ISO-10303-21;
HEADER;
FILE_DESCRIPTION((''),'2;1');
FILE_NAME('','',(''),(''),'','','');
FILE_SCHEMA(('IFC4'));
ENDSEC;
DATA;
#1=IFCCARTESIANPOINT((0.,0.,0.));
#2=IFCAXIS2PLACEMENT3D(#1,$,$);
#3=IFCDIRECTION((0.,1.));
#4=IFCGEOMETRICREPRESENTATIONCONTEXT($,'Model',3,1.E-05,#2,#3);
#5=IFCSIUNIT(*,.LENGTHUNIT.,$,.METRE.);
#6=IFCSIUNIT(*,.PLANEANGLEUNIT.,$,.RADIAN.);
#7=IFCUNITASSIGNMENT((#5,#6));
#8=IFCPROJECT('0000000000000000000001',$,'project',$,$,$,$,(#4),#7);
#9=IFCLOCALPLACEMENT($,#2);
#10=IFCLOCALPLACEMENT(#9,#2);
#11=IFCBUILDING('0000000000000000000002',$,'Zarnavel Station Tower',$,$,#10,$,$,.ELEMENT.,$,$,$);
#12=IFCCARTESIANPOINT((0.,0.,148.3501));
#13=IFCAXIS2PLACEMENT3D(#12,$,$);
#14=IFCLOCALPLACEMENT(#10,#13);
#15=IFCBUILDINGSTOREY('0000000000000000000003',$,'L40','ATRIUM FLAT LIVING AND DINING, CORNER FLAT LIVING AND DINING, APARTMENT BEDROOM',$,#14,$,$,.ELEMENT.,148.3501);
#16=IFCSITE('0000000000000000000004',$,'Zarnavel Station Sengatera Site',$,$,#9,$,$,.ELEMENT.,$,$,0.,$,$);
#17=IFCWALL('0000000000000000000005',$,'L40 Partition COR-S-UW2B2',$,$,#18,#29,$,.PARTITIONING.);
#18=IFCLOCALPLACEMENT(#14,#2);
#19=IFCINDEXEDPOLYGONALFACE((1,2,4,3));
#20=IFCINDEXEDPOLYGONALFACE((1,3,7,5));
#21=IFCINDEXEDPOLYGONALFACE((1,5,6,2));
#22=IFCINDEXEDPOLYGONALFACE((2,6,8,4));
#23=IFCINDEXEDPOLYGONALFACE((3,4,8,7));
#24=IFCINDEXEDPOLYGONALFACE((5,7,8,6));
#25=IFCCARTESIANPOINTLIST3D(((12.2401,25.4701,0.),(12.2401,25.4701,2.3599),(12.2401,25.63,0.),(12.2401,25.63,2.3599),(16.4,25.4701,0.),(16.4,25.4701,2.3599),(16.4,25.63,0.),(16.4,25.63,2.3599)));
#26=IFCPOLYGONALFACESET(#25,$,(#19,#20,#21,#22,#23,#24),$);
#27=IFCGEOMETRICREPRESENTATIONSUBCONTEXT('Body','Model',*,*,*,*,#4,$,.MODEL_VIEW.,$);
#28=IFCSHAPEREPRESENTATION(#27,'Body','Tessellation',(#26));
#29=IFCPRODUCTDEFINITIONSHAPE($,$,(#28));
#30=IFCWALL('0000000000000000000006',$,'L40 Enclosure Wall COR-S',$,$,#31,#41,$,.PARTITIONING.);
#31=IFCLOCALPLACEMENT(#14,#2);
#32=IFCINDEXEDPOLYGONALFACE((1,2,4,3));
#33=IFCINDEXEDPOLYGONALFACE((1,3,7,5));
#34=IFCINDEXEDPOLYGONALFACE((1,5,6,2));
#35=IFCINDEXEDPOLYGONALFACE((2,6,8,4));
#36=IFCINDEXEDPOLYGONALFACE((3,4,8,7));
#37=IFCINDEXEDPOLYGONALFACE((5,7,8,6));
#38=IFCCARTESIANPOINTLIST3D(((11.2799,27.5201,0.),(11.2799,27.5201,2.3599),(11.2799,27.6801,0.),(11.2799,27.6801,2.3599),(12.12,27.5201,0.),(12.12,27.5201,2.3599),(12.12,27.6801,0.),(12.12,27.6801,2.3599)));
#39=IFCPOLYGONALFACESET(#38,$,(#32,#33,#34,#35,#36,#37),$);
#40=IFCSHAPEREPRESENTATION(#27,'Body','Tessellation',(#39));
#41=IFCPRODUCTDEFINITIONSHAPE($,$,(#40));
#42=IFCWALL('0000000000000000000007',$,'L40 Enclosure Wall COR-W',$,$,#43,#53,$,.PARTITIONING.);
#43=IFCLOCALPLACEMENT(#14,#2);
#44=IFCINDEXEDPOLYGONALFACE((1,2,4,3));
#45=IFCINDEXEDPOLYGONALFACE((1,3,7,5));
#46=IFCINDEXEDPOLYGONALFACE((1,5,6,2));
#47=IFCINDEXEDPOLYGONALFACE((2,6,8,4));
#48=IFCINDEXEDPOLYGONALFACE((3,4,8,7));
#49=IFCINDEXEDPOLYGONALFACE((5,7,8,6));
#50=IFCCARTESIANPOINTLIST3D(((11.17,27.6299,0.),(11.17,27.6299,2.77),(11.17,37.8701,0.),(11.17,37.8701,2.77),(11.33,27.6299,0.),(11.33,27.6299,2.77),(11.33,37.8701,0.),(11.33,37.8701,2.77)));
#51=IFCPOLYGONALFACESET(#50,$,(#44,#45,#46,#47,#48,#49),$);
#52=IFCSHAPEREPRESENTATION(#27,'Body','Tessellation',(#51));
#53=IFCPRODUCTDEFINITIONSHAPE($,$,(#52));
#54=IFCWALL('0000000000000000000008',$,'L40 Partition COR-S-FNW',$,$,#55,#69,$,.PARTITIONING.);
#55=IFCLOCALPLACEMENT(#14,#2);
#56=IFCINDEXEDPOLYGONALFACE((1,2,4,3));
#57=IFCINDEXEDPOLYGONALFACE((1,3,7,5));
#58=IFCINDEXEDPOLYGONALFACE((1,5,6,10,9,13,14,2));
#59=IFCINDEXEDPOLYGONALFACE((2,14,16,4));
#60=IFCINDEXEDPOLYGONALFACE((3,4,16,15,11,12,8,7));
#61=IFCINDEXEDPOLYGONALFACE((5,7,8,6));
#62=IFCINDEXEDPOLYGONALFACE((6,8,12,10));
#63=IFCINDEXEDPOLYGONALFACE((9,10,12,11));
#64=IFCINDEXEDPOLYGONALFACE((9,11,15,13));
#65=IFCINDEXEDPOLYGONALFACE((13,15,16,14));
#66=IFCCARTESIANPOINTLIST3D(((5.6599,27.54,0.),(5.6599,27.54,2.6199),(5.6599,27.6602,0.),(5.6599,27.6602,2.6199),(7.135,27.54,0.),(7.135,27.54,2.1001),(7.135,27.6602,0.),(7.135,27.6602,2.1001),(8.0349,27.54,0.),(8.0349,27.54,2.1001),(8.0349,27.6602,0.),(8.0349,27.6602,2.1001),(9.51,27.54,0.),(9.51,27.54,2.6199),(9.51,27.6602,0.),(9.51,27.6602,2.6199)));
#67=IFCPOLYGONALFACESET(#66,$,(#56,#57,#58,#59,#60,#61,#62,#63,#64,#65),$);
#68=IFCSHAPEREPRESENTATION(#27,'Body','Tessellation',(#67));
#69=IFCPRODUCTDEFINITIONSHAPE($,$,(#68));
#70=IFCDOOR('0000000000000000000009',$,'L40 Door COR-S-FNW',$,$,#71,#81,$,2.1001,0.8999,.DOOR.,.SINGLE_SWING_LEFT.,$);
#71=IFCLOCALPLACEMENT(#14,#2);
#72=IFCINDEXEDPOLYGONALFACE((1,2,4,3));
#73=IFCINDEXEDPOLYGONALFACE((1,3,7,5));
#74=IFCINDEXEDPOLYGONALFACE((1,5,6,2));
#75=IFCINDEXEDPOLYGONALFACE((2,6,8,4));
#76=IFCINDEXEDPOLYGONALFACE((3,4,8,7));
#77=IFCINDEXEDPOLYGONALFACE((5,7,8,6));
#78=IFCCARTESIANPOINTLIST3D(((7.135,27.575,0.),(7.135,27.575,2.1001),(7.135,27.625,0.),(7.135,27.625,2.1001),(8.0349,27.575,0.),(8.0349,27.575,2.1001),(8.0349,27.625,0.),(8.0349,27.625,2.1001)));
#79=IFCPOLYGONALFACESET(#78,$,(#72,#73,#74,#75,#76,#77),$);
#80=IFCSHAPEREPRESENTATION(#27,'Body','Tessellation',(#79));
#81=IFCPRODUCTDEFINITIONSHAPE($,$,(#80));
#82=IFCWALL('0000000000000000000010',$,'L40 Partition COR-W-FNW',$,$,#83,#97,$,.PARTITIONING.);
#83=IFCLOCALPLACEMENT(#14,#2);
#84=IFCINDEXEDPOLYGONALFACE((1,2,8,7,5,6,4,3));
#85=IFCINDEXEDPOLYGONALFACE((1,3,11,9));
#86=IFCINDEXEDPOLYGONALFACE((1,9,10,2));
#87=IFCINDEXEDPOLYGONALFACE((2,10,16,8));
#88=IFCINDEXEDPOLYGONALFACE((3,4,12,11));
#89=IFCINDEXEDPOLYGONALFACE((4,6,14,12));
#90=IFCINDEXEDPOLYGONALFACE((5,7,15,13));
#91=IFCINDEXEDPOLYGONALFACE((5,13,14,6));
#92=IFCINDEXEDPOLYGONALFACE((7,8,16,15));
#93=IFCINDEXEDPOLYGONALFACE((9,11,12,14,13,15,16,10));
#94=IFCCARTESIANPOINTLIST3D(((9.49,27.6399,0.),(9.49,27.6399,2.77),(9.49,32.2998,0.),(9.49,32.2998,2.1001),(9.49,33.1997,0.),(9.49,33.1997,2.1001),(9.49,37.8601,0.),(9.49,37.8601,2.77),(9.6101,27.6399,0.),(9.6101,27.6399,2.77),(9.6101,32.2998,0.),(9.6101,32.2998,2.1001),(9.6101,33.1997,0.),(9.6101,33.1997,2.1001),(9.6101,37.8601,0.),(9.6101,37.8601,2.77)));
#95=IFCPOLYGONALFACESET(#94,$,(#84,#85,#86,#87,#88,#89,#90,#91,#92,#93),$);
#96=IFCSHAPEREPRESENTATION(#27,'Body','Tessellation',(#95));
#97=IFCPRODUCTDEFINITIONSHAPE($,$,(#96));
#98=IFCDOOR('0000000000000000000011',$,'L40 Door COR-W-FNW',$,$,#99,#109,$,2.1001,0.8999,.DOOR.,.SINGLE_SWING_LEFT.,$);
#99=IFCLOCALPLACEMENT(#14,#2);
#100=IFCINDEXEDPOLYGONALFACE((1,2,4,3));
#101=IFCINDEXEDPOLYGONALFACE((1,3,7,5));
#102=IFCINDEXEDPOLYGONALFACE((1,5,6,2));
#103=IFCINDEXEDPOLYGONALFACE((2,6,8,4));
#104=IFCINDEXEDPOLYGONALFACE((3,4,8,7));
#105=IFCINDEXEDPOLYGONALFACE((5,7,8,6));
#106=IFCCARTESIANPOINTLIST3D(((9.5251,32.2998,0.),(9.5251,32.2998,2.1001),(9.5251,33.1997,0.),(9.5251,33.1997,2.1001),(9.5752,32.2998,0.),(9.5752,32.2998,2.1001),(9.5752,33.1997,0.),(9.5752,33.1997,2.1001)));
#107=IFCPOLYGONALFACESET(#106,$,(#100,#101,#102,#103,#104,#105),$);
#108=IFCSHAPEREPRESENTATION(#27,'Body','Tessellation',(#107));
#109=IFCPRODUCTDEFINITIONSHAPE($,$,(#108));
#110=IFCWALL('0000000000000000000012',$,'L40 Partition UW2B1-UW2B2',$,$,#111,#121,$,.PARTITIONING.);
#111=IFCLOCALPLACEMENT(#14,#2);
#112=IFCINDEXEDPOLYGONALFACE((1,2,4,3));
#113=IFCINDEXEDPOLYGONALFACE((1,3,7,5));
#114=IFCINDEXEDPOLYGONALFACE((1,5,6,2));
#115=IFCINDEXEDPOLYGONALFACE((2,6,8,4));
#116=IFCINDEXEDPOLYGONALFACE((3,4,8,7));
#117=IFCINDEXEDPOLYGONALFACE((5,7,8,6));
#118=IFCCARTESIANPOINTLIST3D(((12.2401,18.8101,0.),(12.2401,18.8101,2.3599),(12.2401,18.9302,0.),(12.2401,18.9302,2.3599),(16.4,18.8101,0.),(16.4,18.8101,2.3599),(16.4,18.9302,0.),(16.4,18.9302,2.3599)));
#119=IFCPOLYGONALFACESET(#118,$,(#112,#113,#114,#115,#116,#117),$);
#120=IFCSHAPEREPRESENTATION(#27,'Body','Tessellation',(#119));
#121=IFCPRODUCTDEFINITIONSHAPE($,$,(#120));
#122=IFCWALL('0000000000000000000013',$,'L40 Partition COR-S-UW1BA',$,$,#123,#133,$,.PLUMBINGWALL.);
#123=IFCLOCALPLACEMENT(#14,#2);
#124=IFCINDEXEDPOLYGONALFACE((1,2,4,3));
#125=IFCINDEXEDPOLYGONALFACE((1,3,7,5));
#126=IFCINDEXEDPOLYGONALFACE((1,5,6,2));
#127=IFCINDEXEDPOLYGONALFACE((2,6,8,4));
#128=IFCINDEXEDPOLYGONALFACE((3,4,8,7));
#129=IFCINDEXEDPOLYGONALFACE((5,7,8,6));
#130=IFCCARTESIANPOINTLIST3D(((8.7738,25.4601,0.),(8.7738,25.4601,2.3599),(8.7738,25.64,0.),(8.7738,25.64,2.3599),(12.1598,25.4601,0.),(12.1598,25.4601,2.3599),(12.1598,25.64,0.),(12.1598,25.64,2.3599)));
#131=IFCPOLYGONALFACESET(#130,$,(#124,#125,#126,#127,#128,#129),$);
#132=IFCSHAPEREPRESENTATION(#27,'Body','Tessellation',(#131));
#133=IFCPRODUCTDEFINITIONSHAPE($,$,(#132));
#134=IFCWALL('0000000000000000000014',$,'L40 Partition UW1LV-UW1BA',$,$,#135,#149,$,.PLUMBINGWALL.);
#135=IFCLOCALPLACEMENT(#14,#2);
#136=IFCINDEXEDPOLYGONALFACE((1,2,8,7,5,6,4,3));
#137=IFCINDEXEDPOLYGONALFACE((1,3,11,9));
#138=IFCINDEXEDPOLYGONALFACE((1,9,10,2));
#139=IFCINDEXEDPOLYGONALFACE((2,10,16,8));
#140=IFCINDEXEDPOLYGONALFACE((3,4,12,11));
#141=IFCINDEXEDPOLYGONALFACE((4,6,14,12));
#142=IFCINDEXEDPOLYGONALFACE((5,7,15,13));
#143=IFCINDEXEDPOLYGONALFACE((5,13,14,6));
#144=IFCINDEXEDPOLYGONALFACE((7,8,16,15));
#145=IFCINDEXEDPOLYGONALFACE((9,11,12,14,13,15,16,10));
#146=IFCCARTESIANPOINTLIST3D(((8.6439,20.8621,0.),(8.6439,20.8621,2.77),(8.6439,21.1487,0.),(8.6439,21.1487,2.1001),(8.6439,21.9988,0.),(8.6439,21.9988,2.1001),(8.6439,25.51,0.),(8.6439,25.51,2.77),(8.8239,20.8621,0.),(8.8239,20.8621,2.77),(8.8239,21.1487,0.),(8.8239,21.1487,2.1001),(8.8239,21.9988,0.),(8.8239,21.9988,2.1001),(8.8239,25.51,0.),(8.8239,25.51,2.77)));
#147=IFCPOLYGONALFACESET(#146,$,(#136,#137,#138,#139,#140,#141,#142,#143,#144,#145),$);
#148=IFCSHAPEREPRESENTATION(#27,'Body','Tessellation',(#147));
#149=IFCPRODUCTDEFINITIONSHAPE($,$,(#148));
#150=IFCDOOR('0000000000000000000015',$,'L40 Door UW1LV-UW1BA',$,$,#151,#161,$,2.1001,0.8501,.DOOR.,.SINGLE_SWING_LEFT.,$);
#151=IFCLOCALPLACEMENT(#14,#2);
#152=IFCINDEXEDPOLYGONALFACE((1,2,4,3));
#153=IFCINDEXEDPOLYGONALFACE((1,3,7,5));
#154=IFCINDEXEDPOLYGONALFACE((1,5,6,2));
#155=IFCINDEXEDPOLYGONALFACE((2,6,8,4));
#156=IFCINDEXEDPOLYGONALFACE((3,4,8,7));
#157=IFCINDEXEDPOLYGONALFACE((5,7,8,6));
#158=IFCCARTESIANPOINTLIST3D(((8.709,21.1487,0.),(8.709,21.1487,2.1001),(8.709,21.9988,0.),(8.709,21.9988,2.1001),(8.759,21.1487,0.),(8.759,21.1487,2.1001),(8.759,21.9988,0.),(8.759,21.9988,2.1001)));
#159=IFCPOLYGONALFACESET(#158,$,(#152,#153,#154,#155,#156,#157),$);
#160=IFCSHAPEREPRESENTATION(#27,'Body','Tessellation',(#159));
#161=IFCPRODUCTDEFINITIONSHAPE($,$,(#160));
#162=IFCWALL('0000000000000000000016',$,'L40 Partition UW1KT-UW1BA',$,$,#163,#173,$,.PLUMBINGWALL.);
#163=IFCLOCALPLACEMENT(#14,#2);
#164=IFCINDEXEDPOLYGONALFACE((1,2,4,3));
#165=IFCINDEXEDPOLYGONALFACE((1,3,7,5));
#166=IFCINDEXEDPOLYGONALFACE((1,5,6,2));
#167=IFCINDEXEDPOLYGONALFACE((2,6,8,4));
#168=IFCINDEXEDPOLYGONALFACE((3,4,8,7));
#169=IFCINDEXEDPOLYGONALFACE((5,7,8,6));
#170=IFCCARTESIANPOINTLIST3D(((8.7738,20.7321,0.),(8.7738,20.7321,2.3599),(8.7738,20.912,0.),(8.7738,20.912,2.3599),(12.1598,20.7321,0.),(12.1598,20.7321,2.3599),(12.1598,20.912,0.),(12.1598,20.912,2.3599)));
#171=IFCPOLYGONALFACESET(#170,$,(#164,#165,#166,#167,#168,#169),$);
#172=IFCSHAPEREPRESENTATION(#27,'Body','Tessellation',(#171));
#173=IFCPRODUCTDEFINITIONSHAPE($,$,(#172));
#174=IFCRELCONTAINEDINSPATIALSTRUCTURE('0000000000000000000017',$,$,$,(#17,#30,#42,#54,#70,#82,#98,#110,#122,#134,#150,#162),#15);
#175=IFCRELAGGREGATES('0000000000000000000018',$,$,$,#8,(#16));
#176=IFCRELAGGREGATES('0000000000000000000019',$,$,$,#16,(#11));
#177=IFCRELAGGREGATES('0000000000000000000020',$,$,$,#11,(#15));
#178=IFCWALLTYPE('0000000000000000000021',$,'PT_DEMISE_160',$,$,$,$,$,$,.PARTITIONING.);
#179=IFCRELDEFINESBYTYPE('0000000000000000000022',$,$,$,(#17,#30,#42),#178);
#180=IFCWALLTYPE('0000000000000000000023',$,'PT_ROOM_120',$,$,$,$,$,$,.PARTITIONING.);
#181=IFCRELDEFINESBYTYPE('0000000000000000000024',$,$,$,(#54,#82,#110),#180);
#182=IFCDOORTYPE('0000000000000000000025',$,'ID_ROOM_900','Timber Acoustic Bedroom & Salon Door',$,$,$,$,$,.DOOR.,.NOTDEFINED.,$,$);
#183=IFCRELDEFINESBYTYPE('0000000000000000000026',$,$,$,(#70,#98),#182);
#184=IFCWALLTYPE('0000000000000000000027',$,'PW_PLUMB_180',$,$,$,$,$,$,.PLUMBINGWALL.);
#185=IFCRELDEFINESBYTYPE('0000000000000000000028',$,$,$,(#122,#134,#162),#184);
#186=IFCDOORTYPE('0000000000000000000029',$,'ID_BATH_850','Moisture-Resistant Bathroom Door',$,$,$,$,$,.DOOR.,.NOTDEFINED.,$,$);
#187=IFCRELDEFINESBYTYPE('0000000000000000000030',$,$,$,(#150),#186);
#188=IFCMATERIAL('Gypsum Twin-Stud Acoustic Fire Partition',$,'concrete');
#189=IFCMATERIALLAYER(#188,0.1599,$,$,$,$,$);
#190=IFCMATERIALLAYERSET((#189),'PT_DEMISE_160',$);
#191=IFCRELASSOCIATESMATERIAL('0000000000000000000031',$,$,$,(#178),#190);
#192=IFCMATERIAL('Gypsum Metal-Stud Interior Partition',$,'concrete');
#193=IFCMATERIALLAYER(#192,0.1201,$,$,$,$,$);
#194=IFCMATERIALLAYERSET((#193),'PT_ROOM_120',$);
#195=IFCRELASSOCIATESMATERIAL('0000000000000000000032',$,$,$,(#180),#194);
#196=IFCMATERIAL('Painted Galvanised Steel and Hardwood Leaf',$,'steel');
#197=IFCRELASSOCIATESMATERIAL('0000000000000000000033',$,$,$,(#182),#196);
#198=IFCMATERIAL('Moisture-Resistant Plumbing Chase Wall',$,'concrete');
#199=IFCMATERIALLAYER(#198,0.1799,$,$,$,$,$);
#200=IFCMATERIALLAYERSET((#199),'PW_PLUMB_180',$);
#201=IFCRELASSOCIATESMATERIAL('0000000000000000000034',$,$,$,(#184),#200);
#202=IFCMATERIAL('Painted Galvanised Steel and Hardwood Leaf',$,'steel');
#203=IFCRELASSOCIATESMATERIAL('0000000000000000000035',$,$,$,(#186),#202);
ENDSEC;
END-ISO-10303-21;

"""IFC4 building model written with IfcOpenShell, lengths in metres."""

from ifc_helpers import new_model, si_unit, direction, frame, frame_2d, origin, place, context, subcontext, project, spatial, rectangle, extrude, material, layer, layer_set, type_object, element, fill, save


model = new_model("IFC4")

# Units and contexts
model_context = context("Model", 3, precision=1e-05, world=origin(), true_north=direction((0.0, 1.0)))
body_context = subcontext(model_context, "Body", "Model", "MODEL_VIEW")
ifc_project = project(units=[si_unit("LENGTHUNIT", "METRE"), si_unit("PLANEANGLEUNIT", "RADIAN")], contexts=[model_context])

# Site, building, storey
site_placement = place(None, origin())
site = spatial("IfcSite", under=ifc_project, at=site_placement, Name="Zarnavel Station Sengatera Site", CompositionType="ELEMENT", RefElevation=0.0)
building_placement = place(site_placement, origin())
building = spatial("IfcBuilding", under=site, at=building_placement, Name="Zarnavel Station Tower", CompositionType="ELEMENT")
storey_placement = place(building_placement, frame((0.0, 0.0, 148.3501)))
storey = spatial("IfcBuildingStorey", under=building, at=storey_placement, Name="L40", Description="ATRIUM FLAT LIVING AND DINING, CORNER FLAT LIVING AND DINING, APARTMENT BEDROOM", CompositionType="ELEMENT", Elevation=148.3501)

# Shared definitions
ifc_material_1 = material(Name="Gypsum Twin-Stud Acoustic Fire Partition", Category="concrete")
ifc_layer_1 = layer(ifc_material_1, 0.1599)
ifc_layer_set_1 = layer_set([ifc_layer_1], Name="PT_DEMISE_160")
wall_type_1 = type_object("IfcWallType", Name="PT_DEMISE_160", PredefinedType="PARTITIONING", material=ifc_layer_set_1)

# Walls
wall_1_placement = place(storey_placement, frame((12.24, 25.55, 0.0), z_axis=(0.0, 0.0, 1.0), x_axis=(1.0, 0.0, 0.0)))
element("IfcWall", 1, at=wall_1_placement, inside=storey, type_object=wall_type_1, Name="L40 Partition COR-S-UW2B2", PredefinedType="PARTITIONING", context=body_context, shape_type="SweptSolid", body=[
    extrude(rectangle(XDim=4.1599, YDim=0.1599, at=frame_2d((2.0801, 0.0))), origin(), (0.0, 0.0, 1.0), 2.3599),
])
wall_2_placement = place(storey_placement, frame((11.28, 27.6001, 0.0), z_axis=(0.0, 0.0, 1.0), x_axis=(1.0, 0.0, 0.0)))
element("IfcWall", 2, at=wall_2_placement, inside=storey, type_object=wall_type_1, Name="L40 Enclosure Wall COR-S", PredefinedType="PARTITIONING", context=body_context, shape_type="SweptSolid", body=[
    extrude(rectangle(XDim=0.8401, YDim=0.1599, at=frame_2d((0.4199, 0.0))), origin(), (0.0, 0.0, 1.0), 2.3599),
])
wall_3_placement = place(storey_placement, frame((11.25, 27.6299, 0.0), z_axis=(0.0, 0.0, 1.0), x_axis=(0.0, 1.0, 0.0)))
element("IfcWall", 3, at=wall_3_placement, inside=storey, type_object=wall_type_1, Name="L40 Enclosure Wall COR-W", PredefinedType="PARTITIONING", context=body_context, shape_type="SweptSolid", body=[
    extrude(rectangle(XDim=10.2402, YDim=0.1599, at=frame_2d((5.1201, 0.0))), origin(), (0.0, 0.0, 1.0), 2.77),
])

# Walls, openings, doors
ifc_material_2 = material(Name="Gypsum Metal-Stud Interior Partition", Category="concrete")
ifc_layer_2 = layer(ifc_material_2, 0.1201)
ifc_layer_set_2 = layer_set([ifc_layer_2], Name="PT_ROOM_120")
wall_type_2 = type_object("IfcWallType", Name="PT_ROOM_120", PredefinedType="PARTITIONING", material=ifc_layer_set_2)
wall_4_placement = place(storey_placement, frame((5.6599, 27.6001, 0.0), z_axis=(0.0, 0.0, 1.0), x_axis=(1.0, 0.0, 0.0)))
wall_4 = element("IfcWall", 4, at=wall_4_placement, inside=storey, type_object=wall_type_2, Name="L40 Partition COR-S-FNW", PredefinedType="PARTITIONING", context=body_context, shape_type="SweptSolid", body=[
    extrude(rectangle(XDim=3.8501, YDim=0.1201, at=frame_2d((1.925, 0.0))), origin(), (0.0, 0.0, 1.0), 2.6199),
])
opening_1_placement = place(wall_4_placement, frame((1.4751, 0.0, 0.0)))
opening_1 = element("IfcOpeningElement", 5, at=opening_1_placement, cuts=wall_4, PredefinedType="OPENING", context=body_context, shape_type="SweptSolid", body=[
    extrude(rectangle(XDim=0.8999, YDim=2.1001, at=frame_2d((0.45, 1.05))), frame((0.0, 0.0701, 0.0), z_axis=(0.0, -1.0, 0.0), x_axis=(1.0, 0.0, 0.0)), (0.0, 0.0, 1.0), 0.1401),
])
ifc_material_3 = material(Name="Painted Galvanised Steel and Hardwood Leaf", Category="steel")
door_type_1 = type_object("IfcDoorType", Name="ID_ROOM_900", Description="Timber Acoustic Bedroom & Salon Door", OperationType="NOTDEFINED", PredefinedType="DOOR", material=ifc_material_3)
door_1_placement = place(opening_1_placement, origin())
door_1 = element("IfcDoor", 6, at=door_1_placement, inside=storey, type_object=door_type_1, Name="L40 Door COR-S-FNW", OperationType="SINGLE_SWING_LEFT", OverallHeight=2.1001, OverallWidth=0.8999, PredefinedType="DOOR", context=body_context, shape_type="SweptSolid", body=[
    extrude(rectangle(XDim=0.8999, YDim=2.1001, at=frame_2d((0.45, 1.05))), frame((0.0, 0.0249, 0.0), z_axis=(0.0, -1.0, 0.0), x_axis=(1.0, 0.0, 0.0)), (0.0, 0.0, 1.0), 0.05),
])
fill(opening_1, door_1)
wall_5_placement = place(storey_placement, frame((9.55, 27.6399, 0.0), z_axis=(0.0, 0.0, 1.0), x_axis=(0.0, 1.0, 0.0)))
wall_5 = element("IfcWall", 7, at=wall_5_placement, inside=storey, type_object=wall_type_2, Name="L40 Partition COR-W-FNW", PredefinedType="PARTITIONING", context=body_context, shape_type="SweptSolid", body=[
    extrude(rectangle(XDim=10.2202, YDim=0.1201, at=frame_2d((5.1101, 0.0))), origin(), (0.0, 0.0, 1.0), 2.77),
])
opening_2_placement = place(wall_5_placement, frame((4.6599, 0.0, 0.0)))
opening_2 = element("IfcOpeningElement", 8, at=opening_2_placement, cuts=wall_5, PredefinedType="OPENING", context=body_context, shape_type="SweptSolid", body=[
    extrude(rectangle(XDim=0.8999, YDim=2.1001, at=frame_2d((0.45, 1.05))), frame((0.0, 0.0701, 0.0), z_axis=(0.0, -1.0, 0.0), x_axis=(1.0, 0.0, 0.0)), (0.0, 0.0, 1.0), 0.1401),
])
door_2_placement = place(opening_2_placement, origin())
door_2 = element("IfcDoor", 9, at=door_2_placement, inside=storey, type_object=door_type_1, Name="L40 Door COR-W-FNW", OperationType="SINGLE_SWING_LEFT", OverallHeight=2.1001, OverallWidth=0.8999, PredefinedType="DOOR", context=body_context, shape_type="SweptSolid", body=[
    extrude(rectangle(XDim=0.8999, YDim=2.1001, at=frame_2d((0.45, 1.05))), frame((0.0, 0.0249, 0.0), z_axis=(0.0, -1.0, 0.0), x_axis=(1.0, 0.0, 0.0)), (0.0, 0.0, 1.0), 0.05),
])
fill(opening_2, door_2)

# Walls
wall_6_placement = place(storey_placement, frame((12.24, 18.8701, 0.0), z_axis=(0.0, 0.0, 1.0), x_axis=(1.0, 0.0, 0.0)))
element("IfcWall", 10, at=wall_6_placement, inside=storey, type_object=wall_type_2, Name="L40 Partition UW2B1-UW2B2", PredefinedType="PARTITIONING", context=body_context, shape_type="SweptSolid", body=[
    extrude(rectangle(XDim=4.1599, YDim=0.1201, at=frame_2d((2.0801, 0.0))), origin(), (0.0, 0.0, 1.0), 2.3599),
])
ifc_material_4 = material(Name="Moisture-Resistant Plumbing Chase Wall", Category="concrete")
ifc_layer_3 = layer(ifc_material_4, 0.1799)
ifc_layer_set_3 = layer_set([ifc_layer_3], Name="PW_PLUMB_180")
wall_type_3 = type_object("IfcWallType", Name="PW_PLUMB_180", PredefinedType="PLUMBINGWALL", material=ifc_layer_set_3)
wall_7_placement = place(storey_placement, frame((8.7739, 25.55, 0.0), z_axis=(0.0, 0.0, 1.0), x_axis=(1.0, 0.0, 0.0)))
element("IfcWall", 11, at=wall_7_placement, inside=storey, type_object=wall_type_3, Name="L40 Partition COR-S-UW1BA", PredefinedType="PLUMBINGWALL", context=body_context, shape_type="SweptSolid", body=[
    extrude(rectangle(XDim=3.386, YDim=0.1799, at=frame_2d((1.6929, 0.0))), origin(), (0.0, 0.0, 1.0), 2.3599),
])

# Wall, opening, door
wall_8_placement = place(storey_placement, frame((8.7339, 20.8621, 0.0), z_axis=(0.0, 0.0, 1.0), x_axis=(0.0, 1.0, 0.0)))
wall_8 = element("IfcWall", 12, at=wall_8_placement, inside=storey, type_object=wall_type_3, Name="L40 Partition UW1LV-UW1BA", PredefinedType="PLUMBINGWALL", context=body_context, shape_type="SweptSolid", body=[
    extrude(rectangle(XDim=4.6479, YDim=0.1799, at=frame_2d((2.324, 0.0))), origin(), (0.0, 0.0, 1.0), 2.77),
])
opening_3_placement = place(wall_8_placement, frame((0.2866, 0.0, 0.0)))
opening_3 = element("IfcOpeningElement", 13, at=opening_3_placement, cuts=wall_8, PredefinedType="OPENING", context=body_context, shape_type="SweptSolid", body=[
    extrude(rectangle(XDim=0.8501, YDim=2.1001, at=frame_2d((0.425, 1.05))), frame((0.0, 0.0999, 0.0), z_axis=(0.0, -1.0, 0.0), x_axis=(1.0, 0.0, 0.0)), (0.0, 0.0, 1.0), 0.2),
])
ifc_material_5 = material(Name="Painted Galvanised Steel and Hardwood Leaf", Category="steel")
door_type_2 = type_object("IfcDoorType", Name="ID_BATH_850", Description="Moisture-Resistant Bathroom Door", OperationType="NOTDEFINED", PredefinedType="DOOR", material=ifc_material_5)
door_3_placement = place(opening_3_placement, origin())
door_3 = element("IfcDoor", 14, at=door_3_placement, inside=storey, type_object=door_type_2, Name="L40 Door UW1LV-UW1BA", OperationType="SINGLE_SWING_LEFT", OverallHeight=2.1001, OverallWidth=0.8501, PredefinedType="DOOR", context=body_context, shape_type="SweptSolid", body=[
    extrude(rectangle(XDim=0.8501, YDim=2.1001, at=frame_2d((0.425, 1.05))), frame((0.0, 0.0249, 0.0), z_axis=(0.0, -1.0, 0.0), x_axis=(1.0, 0.0, 0.0)), (0.0, 0.0, 1.0), 0.05),
])
fill(opening_3, door_3)

# Wall
wall_9_placement = place(storey_placement, frame((8.7739, 20.822, 0.0), z_axis=(0.0, 0.0, 1.0), x_axis=(1.0, 0.0, 0.0)))
element("IfcWall", 15, at=wall_9_placement, inside=storey, type_object=wall_type_3, Name="L40 Partition UW1KT-UW1BA", PredefinedType="PLUMBINGWALL", context=body_context, shape_type="SweptSolid", body=[
    extrude(rectangle(XDim=3.386, YDim=0.1799, at=frame_2d((1.6929, 0.0))), origin(), (0.0, 0.0, 1.0), 2.3599),
])

save(model, "model.ifc")
